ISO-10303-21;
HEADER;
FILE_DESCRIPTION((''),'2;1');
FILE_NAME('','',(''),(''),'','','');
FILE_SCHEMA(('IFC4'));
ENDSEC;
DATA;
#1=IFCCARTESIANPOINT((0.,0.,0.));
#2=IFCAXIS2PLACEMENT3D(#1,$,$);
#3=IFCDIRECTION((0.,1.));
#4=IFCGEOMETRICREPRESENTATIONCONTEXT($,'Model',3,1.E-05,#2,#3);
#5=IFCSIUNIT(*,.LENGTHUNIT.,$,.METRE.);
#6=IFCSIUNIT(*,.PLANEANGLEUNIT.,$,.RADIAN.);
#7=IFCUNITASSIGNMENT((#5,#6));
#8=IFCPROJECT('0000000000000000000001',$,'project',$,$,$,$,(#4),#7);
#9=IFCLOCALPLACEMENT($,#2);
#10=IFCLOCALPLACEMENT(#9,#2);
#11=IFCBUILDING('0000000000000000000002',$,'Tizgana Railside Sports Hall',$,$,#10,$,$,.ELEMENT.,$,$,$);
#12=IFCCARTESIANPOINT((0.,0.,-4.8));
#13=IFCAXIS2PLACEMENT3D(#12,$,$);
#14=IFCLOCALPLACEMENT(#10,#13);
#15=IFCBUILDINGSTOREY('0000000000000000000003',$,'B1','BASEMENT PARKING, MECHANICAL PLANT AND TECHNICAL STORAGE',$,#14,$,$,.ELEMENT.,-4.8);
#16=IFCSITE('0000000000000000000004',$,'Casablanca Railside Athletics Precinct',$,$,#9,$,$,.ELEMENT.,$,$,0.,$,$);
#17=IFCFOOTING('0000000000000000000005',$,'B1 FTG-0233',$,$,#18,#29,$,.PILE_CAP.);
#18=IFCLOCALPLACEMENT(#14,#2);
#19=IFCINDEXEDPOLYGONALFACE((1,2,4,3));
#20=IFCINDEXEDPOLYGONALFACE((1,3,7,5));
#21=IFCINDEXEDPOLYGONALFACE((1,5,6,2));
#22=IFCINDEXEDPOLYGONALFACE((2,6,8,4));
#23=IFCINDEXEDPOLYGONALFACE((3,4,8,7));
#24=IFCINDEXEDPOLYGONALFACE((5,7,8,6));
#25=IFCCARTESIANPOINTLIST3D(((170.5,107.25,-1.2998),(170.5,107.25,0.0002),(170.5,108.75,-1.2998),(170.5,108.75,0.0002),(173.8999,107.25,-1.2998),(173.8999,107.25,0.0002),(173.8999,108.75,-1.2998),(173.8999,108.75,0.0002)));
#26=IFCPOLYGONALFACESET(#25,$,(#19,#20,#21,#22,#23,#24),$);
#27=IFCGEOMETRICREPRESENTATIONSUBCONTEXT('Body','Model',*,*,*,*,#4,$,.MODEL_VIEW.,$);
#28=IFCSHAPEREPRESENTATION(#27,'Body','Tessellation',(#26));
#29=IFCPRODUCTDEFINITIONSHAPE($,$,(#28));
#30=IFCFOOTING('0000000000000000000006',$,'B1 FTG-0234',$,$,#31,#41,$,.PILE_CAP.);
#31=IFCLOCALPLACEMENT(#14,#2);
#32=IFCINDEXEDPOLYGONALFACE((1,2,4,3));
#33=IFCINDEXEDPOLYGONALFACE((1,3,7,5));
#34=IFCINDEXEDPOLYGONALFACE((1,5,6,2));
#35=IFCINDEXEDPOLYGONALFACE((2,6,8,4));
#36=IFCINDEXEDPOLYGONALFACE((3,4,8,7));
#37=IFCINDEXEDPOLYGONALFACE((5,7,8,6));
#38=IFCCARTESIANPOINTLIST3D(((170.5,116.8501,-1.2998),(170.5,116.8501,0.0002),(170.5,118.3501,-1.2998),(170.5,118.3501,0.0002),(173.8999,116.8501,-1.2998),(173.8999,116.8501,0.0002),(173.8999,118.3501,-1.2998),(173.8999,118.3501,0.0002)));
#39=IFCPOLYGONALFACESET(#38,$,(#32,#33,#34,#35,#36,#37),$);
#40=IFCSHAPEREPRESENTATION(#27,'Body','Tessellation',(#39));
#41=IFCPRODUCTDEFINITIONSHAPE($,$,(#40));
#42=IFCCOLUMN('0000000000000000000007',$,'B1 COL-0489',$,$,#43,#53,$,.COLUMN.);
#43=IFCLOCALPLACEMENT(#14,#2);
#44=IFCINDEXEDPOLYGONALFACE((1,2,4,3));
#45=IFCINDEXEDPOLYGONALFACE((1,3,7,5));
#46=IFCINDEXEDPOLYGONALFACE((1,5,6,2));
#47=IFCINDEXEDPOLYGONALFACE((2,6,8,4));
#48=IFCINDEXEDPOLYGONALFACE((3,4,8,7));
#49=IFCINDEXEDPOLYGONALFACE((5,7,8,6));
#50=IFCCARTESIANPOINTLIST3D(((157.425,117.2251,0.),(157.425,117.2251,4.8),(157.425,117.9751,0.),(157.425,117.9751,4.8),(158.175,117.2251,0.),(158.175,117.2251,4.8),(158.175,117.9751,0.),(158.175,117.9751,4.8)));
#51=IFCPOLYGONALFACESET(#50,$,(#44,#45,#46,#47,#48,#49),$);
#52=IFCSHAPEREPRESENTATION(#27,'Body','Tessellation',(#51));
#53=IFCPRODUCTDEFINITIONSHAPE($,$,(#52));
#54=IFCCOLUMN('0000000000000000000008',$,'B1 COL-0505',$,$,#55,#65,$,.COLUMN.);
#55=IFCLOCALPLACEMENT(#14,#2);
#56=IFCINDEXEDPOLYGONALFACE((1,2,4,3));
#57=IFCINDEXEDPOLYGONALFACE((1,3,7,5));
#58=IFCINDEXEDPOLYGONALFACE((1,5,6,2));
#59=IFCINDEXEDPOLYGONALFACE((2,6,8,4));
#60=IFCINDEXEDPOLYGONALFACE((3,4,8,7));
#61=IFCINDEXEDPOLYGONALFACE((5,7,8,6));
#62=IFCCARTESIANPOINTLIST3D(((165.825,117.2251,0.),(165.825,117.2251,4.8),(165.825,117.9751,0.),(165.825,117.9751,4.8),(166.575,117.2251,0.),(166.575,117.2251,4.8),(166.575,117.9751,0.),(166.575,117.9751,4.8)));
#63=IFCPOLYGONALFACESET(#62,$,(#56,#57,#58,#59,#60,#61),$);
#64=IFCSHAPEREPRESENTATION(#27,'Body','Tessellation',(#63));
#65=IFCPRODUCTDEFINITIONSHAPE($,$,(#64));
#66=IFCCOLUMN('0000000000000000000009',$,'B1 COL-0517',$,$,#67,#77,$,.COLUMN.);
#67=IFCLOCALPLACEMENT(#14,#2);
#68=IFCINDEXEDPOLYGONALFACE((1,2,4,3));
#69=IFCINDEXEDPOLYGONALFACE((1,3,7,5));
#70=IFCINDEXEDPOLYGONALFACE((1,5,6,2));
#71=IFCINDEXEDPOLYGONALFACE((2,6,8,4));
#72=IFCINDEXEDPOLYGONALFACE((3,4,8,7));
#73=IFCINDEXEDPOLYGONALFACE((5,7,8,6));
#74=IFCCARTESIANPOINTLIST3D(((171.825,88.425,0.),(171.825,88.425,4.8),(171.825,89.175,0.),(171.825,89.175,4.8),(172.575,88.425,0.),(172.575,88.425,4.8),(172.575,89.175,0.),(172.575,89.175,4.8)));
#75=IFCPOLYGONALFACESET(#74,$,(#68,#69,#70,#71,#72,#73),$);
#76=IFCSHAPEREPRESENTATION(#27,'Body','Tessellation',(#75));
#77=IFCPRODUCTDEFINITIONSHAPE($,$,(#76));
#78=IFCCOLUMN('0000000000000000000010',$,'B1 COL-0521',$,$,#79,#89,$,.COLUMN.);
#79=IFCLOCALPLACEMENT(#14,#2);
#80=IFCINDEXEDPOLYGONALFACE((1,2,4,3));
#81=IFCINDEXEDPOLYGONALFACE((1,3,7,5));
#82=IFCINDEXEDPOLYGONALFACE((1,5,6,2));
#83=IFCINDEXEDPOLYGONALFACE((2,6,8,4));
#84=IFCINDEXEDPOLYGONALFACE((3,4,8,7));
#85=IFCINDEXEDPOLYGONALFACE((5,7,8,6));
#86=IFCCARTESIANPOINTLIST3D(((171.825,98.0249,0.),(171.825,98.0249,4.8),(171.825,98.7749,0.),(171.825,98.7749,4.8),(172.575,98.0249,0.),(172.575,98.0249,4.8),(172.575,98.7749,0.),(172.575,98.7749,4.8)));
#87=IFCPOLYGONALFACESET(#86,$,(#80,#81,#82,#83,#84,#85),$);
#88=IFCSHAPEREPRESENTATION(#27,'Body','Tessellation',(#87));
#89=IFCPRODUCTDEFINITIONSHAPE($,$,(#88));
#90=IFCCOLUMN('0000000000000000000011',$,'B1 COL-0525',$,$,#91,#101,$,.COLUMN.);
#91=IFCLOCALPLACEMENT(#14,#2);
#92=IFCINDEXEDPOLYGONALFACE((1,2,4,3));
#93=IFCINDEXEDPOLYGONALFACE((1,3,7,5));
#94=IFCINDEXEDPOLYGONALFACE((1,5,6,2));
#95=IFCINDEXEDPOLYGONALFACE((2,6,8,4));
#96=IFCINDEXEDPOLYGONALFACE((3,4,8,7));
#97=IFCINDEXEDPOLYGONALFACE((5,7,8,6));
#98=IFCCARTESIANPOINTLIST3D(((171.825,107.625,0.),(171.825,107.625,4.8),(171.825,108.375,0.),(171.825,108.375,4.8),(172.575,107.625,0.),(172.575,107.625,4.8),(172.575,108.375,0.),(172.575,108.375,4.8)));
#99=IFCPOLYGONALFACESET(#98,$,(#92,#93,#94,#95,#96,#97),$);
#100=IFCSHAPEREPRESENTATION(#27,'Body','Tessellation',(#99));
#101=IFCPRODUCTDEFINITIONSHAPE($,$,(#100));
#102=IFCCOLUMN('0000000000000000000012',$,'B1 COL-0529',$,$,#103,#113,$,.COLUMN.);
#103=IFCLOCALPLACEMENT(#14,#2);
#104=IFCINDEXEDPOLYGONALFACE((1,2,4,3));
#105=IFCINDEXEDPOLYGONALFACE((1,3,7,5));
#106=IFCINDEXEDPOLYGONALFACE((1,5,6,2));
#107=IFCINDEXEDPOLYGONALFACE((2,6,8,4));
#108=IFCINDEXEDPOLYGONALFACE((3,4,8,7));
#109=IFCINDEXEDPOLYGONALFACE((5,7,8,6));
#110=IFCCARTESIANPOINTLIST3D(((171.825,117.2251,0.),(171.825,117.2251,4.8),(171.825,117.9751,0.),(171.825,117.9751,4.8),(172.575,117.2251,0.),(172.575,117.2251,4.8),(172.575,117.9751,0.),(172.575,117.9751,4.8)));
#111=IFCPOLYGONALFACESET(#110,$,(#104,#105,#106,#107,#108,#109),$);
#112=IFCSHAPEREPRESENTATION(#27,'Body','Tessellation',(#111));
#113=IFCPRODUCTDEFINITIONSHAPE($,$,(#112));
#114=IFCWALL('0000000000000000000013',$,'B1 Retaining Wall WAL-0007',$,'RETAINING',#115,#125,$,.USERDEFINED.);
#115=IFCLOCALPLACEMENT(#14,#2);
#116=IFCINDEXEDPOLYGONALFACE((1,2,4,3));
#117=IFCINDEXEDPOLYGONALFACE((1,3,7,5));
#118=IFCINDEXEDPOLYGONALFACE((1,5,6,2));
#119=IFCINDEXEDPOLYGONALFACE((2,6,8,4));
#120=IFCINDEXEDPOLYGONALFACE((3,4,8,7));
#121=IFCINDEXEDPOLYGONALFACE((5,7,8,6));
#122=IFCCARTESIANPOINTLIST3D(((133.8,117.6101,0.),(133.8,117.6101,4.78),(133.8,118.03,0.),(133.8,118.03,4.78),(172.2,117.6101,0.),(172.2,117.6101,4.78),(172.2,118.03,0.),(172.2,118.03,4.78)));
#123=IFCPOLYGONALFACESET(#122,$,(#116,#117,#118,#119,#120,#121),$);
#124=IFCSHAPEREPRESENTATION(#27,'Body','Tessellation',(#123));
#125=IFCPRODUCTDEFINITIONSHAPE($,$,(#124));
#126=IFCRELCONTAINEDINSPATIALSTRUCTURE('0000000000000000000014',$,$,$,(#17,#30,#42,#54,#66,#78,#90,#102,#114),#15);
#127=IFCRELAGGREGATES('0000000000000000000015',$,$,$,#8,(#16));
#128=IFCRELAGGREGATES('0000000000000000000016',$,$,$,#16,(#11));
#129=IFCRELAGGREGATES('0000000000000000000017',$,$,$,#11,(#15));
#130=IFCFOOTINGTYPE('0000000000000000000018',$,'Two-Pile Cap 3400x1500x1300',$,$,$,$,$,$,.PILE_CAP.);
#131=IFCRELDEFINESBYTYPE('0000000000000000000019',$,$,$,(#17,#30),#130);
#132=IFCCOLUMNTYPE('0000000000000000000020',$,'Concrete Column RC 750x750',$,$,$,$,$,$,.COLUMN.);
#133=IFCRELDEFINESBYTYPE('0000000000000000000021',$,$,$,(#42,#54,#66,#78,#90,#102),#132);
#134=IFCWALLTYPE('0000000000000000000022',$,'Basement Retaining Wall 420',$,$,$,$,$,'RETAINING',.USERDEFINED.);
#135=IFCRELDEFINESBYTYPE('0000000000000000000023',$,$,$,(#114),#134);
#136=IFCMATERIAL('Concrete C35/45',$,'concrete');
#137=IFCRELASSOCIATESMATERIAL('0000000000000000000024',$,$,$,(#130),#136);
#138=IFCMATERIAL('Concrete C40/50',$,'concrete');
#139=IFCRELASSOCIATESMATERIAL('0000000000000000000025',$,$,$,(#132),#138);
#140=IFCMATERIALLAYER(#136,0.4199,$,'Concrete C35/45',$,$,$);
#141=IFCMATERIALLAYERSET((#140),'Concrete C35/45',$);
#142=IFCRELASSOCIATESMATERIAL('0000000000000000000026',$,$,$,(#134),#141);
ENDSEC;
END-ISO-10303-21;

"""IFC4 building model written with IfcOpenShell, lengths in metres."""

from ifc_helpers import new_model, si_unit, direction, frame, frame_2d, origin, origin_2d, place, context, subcontext, project, spatial, rectangle, extrude, material, layer, layer_set, material_profile, profile_set, type_object, element, save


model = new_model("IFC4")

# Units and contexts
model_context = context("Model", 3, precision=1e-05, world=origin(), true_north=direction((0.0, 1.0)))
body_context = subcontext(model_context, "Body", "Model", "MODEL_VIEW")
ifc_project = project(units=[si_unit("LENGTHUNIT", "METRE"), si_unit("PLANEANGLEUNIT", "RADIAN")], contexts=[model_context])

# Site, building, storey
site_placement = place(None, origin())
site = spatial("IfcSite", under=ifc_project, at=site_placement, Name="Casablanca Railside Athletics Precinct", CompositionType="ELEMENT", RefElevation=0.0)
building_placement = place(site_placement, origin())
building = spatial("IfcBuilding", under=site, at=building_placement, Name="Tizgana Railside Sports Hall", CompositionType="ELEMENT")
storey_placement = place(building_placement, frame((0.0, 0.0, -4.8)))
storey = spatial("IfcBuildingStorey", under=building, at=storey_placement, Name="B1", Description="BASEMENT PARKING, MECHANICAL PLANT AND TECHNICAL STORAGE", CompositionType="ELEMENT", Elevation=-4.8)

# Shared definitions
ifc_material_1 = material(Name="Concrete C35/45", Category="concrete")

# Footings
footing_type_1 = type_object("IfcFootingType", Name="Two-Pile Cap 3400x1500x1300", PredefinedType="PILE_CAP", material=ifc_material_1)
for number, where, z_axis, x_axis, name in (
    (1, (172.2, 108.0, -1.2998), (0.0, 0.0, 1.0), (1.0, 0.0, 0.0), "B1 FTG-0233"),
    (2, (172.2, 117.6001, -1.2998), (0.0, 0.0, 1.0), (1.0, 0.0, 0.0), "B1 FTG-0234"),
):
    element("IfcFooting", number, at=place(storey_placement, frame(where, z_axis=z_axis, x_axis=x_axis)), inside=storey, type_object=footing_type_1, Name=name, PredefinedType="PILE_CAP", context=body_context, shape_type="SweptSolid", body=[
        extrude(rectangle(XDim=3.3999, YDim=1.5, at=origin_2d()), origin(), (0.0, 0.0, 1.0), 1.3),
    ])

# Columns
ifc_material_2 = material(Name="Concrete C40/50", Category="concrete")
ifc_material_profile_1 = material_profile(ifc_material_2, rectangle(XDim=0.75, YDim=0.75, at=origin_2d()), Name="RC 750x750")
ifc_profile_set_1 = profile_set([ifc_material_profile_1], Name="Concrete C40/50")
column_type = type_object("IfcColumnType", Name="Concrete Column RC 750x750", PredefinedType="COLUMN", material=ifc_profile_set_1)
for number, where, z_axis, x_axis, name in (
    (3, (157.8, 117.6001, 0.0), (0.0, 0.0, 1.0), (1.0, 0.0, 0.0), "B1 COL-0489"),
    (4, (166.2, 117.6001, 0.0), (0.0, 0.0, 1.0), (1.0, 0.0, 0.0), "B1 COL-0505"),
    (5, (172.2, 88.8, 0.0), (0.0, 0.0, 1.0), (1.0, 0.0, 0.0), "B1 COL-0517"),
    (6, (172.2, 98.3999, 0.0), (0.0, 0.0, 1.0), (1.0, 0.0, 0.0), "B1 COL-0521"),
    (7, (172.2, 108.0, 0.0), (0.0, 0.0, 1.0), (1.0, 0.0, 0.0), "B1 COL-0525"),
    (8, (172.2, 117.6001, 0.0), (0.0, 0.0, 1.0), (1.0, 0.0, 0.0), "B1 COL-0529"),
):
    element("IfcColumn", number, at=place(storey_placement, frame(where, z_axis=z_axis, x_axis=x_axis)), inside=storey, type_object=column_type, Name=name, PredefinedType="COLUMN", context=body_context, shape_type="SweptSolid", body=[
        extrude(rectangle(XDim=0.75, YDim=0.75, at=origin_2d()), origin(), (0.0, 0.0, 1.0), 4.8),
    ])

# Wall
ifc_layer = layer(ifc_material_1, 0.4199, Name="Concrete C35/45")
ifc_layer_set = layer_set([ifc_layer], Name="Concrete C35/45")
wall_type = type_object("IfcWallType", Name="Basement Retaining Wall 420", ElementType="RETAINING", PredefinedType="USERDEFINED", material=ifc_layer_set)
wall_placement = place(storey_placement, frame((172.2, 117.8201, 0.0), z_axis=(0.0, 0.0, 1.0), x_axis=(-1.0, 0.0, 0.0)))
element("IfcWall", 9, at=wall_placement, inside=storey, type_object=wall_type, Name="B1 Retaining Wall WAL-0007", ObjectType="RETAINING", PredefinedType="USERDEFINED", context=body_context, shape_type="SweptSolid", body=[
    extrude(rectangle(XDim=38.3999, YDim=0.4199, at=frame_2d((19.2, 0.0))), origin(), (0.0, 0.0, 1.0), 4.78),
])

save(model, "model.ifc")
